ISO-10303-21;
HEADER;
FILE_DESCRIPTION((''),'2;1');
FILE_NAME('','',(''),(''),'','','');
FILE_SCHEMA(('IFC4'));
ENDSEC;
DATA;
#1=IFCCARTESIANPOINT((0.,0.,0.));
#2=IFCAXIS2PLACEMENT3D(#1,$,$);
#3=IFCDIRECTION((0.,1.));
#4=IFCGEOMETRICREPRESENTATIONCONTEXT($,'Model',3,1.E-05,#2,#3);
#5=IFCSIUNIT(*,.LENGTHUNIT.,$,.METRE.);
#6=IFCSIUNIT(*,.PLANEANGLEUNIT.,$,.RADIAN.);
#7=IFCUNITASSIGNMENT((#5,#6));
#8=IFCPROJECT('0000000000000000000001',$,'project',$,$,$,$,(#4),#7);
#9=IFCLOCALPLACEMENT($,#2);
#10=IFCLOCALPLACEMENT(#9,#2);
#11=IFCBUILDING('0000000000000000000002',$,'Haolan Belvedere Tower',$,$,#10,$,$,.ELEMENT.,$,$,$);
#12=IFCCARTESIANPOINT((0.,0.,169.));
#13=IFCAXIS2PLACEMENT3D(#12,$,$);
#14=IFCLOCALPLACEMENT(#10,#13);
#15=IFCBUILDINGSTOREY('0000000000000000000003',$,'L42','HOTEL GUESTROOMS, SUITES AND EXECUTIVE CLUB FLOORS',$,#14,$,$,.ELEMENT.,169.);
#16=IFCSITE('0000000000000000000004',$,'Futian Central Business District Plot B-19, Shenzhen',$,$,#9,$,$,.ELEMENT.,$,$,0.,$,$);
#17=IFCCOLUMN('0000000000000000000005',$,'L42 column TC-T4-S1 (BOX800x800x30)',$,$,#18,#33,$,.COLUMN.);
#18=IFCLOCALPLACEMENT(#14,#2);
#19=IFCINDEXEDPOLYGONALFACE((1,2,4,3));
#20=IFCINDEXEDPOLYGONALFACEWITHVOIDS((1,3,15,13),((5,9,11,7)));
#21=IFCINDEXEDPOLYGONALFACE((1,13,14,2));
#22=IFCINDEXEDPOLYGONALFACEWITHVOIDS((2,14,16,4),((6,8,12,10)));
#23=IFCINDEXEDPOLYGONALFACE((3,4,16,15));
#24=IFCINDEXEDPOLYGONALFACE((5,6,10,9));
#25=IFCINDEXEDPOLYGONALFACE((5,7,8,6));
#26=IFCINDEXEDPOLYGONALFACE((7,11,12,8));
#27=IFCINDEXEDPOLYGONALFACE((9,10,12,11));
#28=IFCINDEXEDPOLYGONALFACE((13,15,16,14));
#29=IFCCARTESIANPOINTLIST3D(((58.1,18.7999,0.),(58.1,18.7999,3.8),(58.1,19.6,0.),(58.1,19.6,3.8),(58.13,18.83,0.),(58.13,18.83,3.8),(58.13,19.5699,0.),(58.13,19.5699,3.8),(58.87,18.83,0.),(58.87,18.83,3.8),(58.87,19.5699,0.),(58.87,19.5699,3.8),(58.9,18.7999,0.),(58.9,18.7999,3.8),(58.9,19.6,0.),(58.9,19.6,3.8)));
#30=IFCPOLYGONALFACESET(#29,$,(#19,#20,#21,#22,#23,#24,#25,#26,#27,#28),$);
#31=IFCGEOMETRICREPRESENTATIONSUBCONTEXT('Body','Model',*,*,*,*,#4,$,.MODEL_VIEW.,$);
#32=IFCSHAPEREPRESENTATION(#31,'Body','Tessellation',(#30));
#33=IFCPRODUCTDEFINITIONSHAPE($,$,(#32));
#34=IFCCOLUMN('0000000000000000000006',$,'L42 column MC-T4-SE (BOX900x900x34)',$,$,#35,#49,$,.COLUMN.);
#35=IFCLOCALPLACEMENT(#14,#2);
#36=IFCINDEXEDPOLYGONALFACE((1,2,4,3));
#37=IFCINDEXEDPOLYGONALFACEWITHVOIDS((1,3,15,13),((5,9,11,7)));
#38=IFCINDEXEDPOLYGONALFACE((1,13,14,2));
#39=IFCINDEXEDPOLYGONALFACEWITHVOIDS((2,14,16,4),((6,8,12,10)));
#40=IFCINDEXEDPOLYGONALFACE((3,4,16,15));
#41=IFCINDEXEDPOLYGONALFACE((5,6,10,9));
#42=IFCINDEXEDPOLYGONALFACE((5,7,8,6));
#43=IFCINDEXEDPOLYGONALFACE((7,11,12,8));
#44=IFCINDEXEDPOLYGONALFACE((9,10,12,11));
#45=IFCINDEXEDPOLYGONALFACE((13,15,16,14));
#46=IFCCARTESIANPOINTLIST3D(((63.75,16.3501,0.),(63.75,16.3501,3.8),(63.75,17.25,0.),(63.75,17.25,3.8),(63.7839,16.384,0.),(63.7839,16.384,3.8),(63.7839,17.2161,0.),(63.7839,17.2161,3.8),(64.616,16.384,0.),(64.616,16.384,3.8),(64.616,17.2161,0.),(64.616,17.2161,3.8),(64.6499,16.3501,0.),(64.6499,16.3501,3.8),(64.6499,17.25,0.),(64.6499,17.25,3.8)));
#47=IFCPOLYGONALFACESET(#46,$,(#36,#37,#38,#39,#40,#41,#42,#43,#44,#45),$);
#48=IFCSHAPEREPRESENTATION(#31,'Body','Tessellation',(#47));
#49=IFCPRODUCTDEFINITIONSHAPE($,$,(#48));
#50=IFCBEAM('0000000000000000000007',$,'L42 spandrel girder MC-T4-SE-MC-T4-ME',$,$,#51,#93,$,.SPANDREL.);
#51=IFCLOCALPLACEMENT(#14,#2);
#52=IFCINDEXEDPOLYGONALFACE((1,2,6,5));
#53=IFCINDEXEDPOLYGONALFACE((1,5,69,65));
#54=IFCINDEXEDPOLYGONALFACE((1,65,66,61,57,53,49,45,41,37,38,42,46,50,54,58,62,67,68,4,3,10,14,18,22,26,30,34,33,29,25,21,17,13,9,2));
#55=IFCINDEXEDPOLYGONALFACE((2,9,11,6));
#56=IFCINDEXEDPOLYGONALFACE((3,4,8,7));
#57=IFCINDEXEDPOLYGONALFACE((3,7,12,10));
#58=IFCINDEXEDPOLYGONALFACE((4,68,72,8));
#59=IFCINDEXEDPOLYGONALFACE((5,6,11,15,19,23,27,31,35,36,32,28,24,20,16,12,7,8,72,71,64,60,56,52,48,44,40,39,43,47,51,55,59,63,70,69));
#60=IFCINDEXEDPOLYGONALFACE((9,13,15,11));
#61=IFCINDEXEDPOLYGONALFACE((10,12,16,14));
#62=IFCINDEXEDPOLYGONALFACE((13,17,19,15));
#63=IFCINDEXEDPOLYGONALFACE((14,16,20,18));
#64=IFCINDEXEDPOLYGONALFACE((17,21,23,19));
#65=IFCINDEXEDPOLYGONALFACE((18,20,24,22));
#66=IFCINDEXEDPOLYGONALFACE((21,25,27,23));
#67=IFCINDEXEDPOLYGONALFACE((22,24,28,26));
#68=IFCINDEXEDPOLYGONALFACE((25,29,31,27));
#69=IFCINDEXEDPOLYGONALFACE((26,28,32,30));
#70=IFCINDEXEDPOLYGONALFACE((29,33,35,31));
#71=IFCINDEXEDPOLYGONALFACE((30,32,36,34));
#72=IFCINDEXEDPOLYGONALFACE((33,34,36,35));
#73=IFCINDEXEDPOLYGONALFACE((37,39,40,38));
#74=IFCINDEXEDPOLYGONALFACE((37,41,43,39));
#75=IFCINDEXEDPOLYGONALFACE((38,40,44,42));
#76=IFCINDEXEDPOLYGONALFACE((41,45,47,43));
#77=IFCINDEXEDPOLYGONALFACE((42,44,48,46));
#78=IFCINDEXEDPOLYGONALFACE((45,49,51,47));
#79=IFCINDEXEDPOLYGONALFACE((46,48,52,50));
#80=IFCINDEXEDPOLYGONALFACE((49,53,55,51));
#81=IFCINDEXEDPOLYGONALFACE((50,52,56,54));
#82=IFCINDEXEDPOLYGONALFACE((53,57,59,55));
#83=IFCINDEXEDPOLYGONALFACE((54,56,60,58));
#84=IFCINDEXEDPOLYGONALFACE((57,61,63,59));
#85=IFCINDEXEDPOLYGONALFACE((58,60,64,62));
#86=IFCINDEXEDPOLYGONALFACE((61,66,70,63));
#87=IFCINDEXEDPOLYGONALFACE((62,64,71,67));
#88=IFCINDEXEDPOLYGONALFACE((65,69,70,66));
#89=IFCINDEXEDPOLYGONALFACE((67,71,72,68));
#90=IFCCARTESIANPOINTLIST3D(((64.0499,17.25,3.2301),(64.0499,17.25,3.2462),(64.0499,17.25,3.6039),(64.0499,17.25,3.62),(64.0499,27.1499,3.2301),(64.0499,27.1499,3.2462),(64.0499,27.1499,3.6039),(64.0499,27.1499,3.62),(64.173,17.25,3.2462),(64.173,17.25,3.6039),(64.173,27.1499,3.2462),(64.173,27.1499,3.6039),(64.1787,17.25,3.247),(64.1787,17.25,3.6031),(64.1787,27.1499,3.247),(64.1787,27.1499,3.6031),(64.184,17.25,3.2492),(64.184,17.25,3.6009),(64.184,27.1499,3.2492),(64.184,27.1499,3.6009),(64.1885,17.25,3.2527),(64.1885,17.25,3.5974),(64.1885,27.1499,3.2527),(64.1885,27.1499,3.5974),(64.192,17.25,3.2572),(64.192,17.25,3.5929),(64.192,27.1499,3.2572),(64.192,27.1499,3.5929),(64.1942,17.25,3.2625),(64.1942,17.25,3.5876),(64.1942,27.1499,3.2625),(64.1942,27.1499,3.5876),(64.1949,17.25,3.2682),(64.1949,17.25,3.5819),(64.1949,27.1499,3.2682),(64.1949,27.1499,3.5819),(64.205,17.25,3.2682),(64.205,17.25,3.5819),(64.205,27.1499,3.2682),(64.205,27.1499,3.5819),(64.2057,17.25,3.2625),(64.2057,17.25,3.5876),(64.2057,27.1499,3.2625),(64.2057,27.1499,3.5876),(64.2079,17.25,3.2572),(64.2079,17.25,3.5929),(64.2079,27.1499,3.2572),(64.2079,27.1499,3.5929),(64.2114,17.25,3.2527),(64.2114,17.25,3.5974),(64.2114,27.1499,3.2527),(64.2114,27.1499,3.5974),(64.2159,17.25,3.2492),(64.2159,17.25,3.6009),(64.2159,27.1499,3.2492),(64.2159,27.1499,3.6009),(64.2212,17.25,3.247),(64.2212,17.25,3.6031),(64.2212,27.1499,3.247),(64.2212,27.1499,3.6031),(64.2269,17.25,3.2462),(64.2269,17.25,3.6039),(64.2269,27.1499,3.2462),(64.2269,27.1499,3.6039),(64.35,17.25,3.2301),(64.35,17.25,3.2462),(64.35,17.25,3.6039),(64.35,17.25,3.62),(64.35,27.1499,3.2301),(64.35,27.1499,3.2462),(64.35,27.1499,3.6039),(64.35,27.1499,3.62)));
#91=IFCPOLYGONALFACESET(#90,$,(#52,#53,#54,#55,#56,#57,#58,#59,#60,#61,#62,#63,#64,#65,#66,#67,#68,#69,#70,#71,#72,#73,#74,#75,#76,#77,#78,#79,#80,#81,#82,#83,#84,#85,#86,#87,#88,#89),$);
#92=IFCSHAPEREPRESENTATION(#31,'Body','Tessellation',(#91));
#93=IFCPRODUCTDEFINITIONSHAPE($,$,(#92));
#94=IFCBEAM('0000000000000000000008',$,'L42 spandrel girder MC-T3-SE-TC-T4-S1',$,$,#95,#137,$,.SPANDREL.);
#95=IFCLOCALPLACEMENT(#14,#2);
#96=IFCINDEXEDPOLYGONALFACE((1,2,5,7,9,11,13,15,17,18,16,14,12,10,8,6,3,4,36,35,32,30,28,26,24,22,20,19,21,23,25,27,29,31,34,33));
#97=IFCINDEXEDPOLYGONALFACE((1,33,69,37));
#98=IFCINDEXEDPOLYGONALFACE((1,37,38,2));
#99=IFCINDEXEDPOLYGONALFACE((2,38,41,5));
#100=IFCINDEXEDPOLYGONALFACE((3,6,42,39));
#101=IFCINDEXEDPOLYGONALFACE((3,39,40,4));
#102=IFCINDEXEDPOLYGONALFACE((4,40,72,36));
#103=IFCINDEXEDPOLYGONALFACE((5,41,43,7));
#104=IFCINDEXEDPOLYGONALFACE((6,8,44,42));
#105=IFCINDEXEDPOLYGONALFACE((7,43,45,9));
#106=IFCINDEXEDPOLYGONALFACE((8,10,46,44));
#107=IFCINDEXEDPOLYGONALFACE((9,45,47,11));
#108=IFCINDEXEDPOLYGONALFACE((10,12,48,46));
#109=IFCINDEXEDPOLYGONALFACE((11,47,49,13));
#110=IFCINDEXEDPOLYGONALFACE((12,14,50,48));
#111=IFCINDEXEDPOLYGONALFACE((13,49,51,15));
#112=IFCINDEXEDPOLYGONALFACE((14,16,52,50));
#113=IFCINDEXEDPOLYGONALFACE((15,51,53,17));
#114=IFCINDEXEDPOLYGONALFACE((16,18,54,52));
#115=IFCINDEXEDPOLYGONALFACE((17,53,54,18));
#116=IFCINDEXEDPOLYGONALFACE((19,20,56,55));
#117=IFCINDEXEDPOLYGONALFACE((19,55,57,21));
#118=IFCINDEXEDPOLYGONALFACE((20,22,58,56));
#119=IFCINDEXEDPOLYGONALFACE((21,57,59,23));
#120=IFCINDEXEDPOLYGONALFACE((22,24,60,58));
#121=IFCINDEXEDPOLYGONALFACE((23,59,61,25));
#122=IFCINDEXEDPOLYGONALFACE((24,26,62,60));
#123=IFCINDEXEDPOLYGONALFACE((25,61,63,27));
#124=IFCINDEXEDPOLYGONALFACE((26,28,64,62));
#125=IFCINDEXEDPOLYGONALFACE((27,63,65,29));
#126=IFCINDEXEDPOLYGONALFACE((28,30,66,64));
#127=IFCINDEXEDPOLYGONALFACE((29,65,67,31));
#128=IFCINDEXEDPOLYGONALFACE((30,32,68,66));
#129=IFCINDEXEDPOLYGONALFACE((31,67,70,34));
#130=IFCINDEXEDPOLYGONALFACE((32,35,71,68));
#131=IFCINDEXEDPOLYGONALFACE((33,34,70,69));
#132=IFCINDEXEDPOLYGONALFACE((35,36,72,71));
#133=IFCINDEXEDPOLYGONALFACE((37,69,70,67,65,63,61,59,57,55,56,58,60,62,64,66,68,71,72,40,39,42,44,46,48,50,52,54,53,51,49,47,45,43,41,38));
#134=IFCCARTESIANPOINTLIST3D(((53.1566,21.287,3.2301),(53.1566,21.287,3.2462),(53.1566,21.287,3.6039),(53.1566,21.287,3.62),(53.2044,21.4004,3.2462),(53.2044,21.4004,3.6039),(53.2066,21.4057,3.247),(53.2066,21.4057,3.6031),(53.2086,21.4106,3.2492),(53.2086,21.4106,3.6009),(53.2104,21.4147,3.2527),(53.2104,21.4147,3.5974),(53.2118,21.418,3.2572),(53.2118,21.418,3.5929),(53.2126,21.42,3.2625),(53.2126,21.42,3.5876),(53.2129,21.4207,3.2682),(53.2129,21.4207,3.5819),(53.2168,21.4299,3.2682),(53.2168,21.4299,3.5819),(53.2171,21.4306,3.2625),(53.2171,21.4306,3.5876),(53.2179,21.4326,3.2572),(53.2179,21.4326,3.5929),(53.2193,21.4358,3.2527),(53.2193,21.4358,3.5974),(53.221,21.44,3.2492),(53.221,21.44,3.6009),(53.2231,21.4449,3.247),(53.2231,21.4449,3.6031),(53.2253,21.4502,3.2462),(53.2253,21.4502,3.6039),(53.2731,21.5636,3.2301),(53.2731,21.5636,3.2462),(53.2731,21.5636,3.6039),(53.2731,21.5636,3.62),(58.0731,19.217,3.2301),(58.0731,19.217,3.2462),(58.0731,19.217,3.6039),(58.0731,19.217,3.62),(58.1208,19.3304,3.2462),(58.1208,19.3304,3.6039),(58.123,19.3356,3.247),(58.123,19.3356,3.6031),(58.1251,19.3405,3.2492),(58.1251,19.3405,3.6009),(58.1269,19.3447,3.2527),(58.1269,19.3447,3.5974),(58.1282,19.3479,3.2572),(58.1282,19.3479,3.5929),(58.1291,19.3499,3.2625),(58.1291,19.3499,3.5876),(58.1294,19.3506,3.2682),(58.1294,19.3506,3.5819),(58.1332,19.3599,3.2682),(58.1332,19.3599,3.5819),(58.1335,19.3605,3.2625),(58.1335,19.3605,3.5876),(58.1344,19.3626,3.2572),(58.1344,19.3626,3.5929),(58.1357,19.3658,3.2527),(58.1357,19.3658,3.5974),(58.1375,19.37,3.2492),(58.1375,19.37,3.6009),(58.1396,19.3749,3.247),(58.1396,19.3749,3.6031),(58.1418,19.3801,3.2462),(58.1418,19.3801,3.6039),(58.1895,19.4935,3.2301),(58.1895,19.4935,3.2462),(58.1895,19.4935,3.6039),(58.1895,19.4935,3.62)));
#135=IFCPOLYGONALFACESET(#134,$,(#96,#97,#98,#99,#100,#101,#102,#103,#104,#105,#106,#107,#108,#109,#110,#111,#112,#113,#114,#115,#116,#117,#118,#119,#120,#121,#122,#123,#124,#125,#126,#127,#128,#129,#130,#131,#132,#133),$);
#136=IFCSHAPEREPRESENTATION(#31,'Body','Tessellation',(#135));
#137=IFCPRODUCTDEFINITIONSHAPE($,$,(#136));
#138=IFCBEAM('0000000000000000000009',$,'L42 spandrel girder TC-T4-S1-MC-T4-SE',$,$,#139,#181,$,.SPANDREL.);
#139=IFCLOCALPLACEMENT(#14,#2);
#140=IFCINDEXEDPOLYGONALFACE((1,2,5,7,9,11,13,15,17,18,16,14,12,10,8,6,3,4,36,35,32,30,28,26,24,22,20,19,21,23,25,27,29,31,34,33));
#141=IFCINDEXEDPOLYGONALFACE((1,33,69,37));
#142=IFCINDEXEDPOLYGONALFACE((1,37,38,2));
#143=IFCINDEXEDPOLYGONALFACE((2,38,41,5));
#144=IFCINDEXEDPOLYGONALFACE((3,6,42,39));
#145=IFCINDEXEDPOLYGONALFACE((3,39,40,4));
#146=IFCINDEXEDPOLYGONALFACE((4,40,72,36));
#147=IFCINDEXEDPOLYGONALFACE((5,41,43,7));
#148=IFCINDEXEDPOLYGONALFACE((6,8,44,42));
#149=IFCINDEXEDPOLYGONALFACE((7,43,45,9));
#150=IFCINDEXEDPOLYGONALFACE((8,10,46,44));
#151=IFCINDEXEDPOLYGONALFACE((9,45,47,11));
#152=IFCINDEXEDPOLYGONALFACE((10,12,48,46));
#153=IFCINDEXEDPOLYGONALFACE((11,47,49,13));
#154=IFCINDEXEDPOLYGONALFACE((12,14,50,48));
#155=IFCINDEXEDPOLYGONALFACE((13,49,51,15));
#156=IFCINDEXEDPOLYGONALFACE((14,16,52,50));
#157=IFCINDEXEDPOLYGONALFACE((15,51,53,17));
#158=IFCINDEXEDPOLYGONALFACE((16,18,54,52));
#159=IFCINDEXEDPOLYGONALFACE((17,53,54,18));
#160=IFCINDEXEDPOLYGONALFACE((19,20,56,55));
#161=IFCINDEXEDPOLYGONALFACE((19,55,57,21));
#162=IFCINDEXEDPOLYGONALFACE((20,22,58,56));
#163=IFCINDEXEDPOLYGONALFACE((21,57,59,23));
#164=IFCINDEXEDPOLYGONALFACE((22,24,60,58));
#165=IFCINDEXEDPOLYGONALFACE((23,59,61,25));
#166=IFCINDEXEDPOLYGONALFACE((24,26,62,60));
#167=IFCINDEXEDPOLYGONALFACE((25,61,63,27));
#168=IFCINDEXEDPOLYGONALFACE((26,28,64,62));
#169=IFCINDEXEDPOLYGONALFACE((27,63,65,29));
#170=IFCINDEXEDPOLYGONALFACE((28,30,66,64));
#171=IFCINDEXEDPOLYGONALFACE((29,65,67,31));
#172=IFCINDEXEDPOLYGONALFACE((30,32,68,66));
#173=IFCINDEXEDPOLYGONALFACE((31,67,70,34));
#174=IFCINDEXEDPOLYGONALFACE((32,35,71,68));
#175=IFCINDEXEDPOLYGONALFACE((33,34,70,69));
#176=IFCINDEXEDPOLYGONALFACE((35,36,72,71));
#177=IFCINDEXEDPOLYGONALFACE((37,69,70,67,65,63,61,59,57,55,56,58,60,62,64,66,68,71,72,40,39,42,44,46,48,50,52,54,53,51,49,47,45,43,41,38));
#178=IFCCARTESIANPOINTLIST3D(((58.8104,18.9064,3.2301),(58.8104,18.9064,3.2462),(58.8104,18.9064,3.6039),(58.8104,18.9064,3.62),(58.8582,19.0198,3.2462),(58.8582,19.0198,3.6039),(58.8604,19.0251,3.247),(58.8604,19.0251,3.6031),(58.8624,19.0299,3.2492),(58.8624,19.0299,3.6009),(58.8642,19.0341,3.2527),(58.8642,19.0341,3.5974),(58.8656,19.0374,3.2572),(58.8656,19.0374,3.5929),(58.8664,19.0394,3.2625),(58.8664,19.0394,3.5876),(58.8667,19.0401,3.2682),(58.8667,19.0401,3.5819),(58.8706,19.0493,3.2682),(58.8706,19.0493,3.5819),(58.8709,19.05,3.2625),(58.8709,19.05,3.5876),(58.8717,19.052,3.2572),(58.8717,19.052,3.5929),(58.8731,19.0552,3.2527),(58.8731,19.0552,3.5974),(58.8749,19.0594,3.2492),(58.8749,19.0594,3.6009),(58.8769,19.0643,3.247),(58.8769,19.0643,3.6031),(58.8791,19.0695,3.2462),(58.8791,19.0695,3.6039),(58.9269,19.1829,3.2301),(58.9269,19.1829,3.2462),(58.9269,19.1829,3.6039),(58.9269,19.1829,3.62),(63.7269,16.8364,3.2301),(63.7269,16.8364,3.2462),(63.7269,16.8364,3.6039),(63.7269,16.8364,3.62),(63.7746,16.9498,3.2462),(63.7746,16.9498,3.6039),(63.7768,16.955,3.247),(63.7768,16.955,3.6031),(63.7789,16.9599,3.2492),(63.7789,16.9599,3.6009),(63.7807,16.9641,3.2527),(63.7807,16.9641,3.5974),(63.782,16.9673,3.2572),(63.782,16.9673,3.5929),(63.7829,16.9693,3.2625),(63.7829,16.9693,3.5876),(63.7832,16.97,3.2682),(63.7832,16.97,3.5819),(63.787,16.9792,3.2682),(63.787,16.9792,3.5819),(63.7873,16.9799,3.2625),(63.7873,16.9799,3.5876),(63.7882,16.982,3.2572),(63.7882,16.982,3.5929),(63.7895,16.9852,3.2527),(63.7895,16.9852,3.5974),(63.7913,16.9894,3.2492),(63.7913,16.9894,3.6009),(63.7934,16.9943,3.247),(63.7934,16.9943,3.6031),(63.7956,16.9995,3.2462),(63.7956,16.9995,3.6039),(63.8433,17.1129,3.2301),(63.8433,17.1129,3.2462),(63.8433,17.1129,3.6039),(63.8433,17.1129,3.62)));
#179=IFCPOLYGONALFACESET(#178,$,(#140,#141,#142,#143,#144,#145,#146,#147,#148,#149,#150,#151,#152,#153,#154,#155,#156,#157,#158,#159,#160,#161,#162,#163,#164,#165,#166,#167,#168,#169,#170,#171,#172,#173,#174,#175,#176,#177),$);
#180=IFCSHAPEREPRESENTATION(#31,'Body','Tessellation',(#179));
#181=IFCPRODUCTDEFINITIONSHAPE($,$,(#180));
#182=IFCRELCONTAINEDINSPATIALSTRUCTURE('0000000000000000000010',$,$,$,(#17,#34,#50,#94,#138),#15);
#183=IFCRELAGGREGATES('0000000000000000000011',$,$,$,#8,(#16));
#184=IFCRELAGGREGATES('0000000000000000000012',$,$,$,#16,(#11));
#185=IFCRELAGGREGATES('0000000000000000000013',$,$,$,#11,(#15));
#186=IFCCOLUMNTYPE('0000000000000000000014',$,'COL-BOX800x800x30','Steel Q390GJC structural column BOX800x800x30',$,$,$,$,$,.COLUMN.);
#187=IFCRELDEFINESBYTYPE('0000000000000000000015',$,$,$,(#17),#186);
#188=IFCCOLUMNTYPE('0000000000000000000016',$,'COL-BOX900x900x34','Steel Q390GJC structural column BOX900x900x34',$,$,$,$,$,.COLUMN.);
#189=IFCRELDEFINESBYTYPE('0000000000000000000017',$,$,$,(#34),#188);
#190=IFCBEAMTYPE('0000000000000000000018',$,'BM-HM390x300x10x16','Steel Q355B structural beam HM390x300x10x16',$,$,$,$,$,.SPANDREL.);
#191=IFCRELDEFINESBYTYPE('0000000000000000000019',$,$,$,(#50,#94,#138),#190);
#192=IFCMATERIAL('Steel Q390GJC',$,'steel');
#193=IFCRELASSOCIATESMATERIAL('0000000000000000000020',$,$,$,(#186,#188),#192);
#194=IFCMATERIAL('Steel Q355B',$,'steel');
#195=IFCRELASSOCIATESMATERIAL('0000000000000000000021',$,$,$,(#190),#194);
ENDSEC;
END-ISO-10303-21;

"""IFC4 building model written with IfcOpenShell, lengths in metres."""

from ifc_helpers import new_model, si_unit, direction, frame, origin, origin_2d, place, context, subcontext, project, spatial, hollow_rectangle, i_section, extrude, material, material_profile, profile_set, type_object, element, save


model = new_model("IFC4")

# Units and contexts
model_context = context("Model", 3, precision=1e-05, world=origin(), true_north=direction((0.0, 1.0)))
body_context = subcontext(model_context, "Body", "Model", "MODEL_VIEW")
ifc_project = project(units=[si_unit("LENGTHUNIT", "METRE"), si_unit("PLANEANGLEUNIT", "RADIAN")], contexts=[model_context])

# Site, building, storey
site_placement = place(None, origin())
site = spatial("IfcSite", under=ifc_project, at=site_placement, Name="Futian Central Business District Plot B-19, Shenzhen", CompositionType="ELEMENT", RefElevation=0.0)
building_placement = place(site_placement, origin())
building = spatial("IfcBuilding", under=site, at=building_placement, Name="Haolan Belvedere Tower", CompositionType="ELEMENT")
storey_placement = place(building_placement, frame((0.0, 0.0, 169.0)))
storey = spatial("IfcBuildingStorey", under=building, at=storey_placement, Name="L42", Description="HOTEL GUESTROOMS, SUITES AND EXECUTIVE CLUB FLOORS", CompositionType="ELEMENT", Elevation=169.0)

# Columns
ifc_material_1 = material(Name="Steel Q390GJC", Category="steel")
ifc_material_profile_1 = material_profile(ifc_material_1, hollow_rectangle(XDim=0.8, YDim=0.8, WallThickness=0.03, at=origin_2d()), Name="Steel Q390GJC")
ifc_profile_set_1 = profile_set([ifc_material_profile_1], Name="Steel Q390GJC")
column_type_1 = type_object("IfcColumnType", Name="COL-BOX800x800x30", Description="Steel Q390GJC structural column BOX800x800x30", PredefinedType="COLUMN", material=ifc_profile_set_1)
column_1_placement = place(storey_placement, frame((58.5, 19.2, 0.0), z_axis=(0.0, 0.0, 1.0), x_axis=(1.0, 0.0, 0.0)))
element("IfcColumn", 1, at=column_1_placement, inside=storey, type_object=column_type_1, Name="L42 column TC-T4-S1 (BOX800x800x30)", PredefinedType="COLUMN", context=body_context, shape_type="SweptSolid", body=[
    extrude(hollow_rectangle(XDim=0.8, YDim=0.8, WallThickness=0.03, at=origin_2d()), origin(), (0.0, 0.0, 1.0), 3.8),
])
ifc_material_profile_2 = material_profile(ifc_material_1, hollow_rectangle(XDim=0.8999, YDim=0.8999, WallThickness=0.0339, at=origin_2d()), Name="Steel Q390GJC")
ifc_profile_set_2 = profile_set([ifc_material_profile_2], Name="Steel Q390GJC")
column_type_2 = type_object("IfcColumnType", Name="COL-BOX900x900x34", Description="Steel Q390GJC structural column BOX900x900x34", PredefinedType="COLUMN", material=ifc_profile_set_2)
column_2_placement = place(storey_placement, frame((64.2, 16.8, 0.0), z_axis=(0.0, 0.0, 1.0), x_axis=(1.0, 0.0, 0.0)))
element("IfcColumn", 2, at=column_2_placement, inside=storey, type_object=column_type_2, Name="L42 column MC-T4-SE (BOX900x900x34)", PredefinedType="COLUMN", context=body_context, shape_type="SweptSolid", body=[
    extrude(hollow_rectangle(XDim=0.8999, YDim=0.8999, WallThickness=0.0339, at=origin_2d()), origin(), (0.0, 0.0, 1.0), 3.8),
])

# Beams
ifc_material_2 = material(Name="Steel Q355B", Category="steel")
ifc_material_profile_3 = material_profile(ifc_material_2, i_section(OverallWidth=0.3, OverallDepth=0.3899, WebThickness=0.01, FlangeThickness=0.0161, FilletRadius=0.022, at=origin_2d()), Name="Steel Q355B")
ifc_profile_set_3 = profile_set([ifc_material_profile_3], Name="Steel Q355B")
beam_type_1 = type_object("IfcBeamType", Name="BM-HM390x300x10x16", Description="Steel Q355B structural beam HM390x300x10x16", PredefinedType="SPANDREL", material=ifc_profile_set_3)
beam_1_placement = place(storey_placement, frame((64.2, 17.25, 3.425), z_axis=(0.0, 1.0, 0.0), x_axis=(-1.0, 0.0, 0.0)))
element("IfcBeam", 3, at=beam_1_placement, inside=storey, type_object=beam_type_1, Name="L42 spandrel girder MC-T4-SE-MC-T4-ME", PredefinedType="SPANDREL", context=body_context, shape_type="SweptSolid", body=[
    extrude(i_section(OverallWidth=0.3, OverallDepth=0.3899, WebThickness=0.01, FlangeThickness=0.0161, FilletRadius=0.022, at=origin_2d()), origin(), (0.0, 0.0, 1.0), 9.8999),
])
for number, where, z_axis, x_axis, name in (
    (4, (53.2148, 21.4253, 3.425), (0.921638, -0.388051, 0.0), (0.388051, 0.921638, 0.0), "L42 spandrel girder MC-T3-SE-TC-T4-S1"),
    (5, (58.8687, 19.0447, 3.425), (0.921638, -0.388051, 0.0), (0.388051, 0.921638, 0.0), "L42 spandrel girder TC-T4-S1-MC-T4-SE"),
):
    element("IfcBeam", number, at=place(storey_placement, frame(where, z_axis=z_axis, x_axis=x_axis)), inside=storey, type_object=beam_type_1, Name=name, PredefinedType="SPANDREL", context=body_context, shape_type="SweptSolid", body=[
        extrude(i_section(OverallWidth=0.3, OverallDepth=0.3899, WebThickness=0.01, FlangeThickness=0.0161, FilletRadius=0.022, at=origin_2d()), origin(), (0.0, 0.0, 1.0), 5.3345),
    ])

save(model, "model.ifc")
